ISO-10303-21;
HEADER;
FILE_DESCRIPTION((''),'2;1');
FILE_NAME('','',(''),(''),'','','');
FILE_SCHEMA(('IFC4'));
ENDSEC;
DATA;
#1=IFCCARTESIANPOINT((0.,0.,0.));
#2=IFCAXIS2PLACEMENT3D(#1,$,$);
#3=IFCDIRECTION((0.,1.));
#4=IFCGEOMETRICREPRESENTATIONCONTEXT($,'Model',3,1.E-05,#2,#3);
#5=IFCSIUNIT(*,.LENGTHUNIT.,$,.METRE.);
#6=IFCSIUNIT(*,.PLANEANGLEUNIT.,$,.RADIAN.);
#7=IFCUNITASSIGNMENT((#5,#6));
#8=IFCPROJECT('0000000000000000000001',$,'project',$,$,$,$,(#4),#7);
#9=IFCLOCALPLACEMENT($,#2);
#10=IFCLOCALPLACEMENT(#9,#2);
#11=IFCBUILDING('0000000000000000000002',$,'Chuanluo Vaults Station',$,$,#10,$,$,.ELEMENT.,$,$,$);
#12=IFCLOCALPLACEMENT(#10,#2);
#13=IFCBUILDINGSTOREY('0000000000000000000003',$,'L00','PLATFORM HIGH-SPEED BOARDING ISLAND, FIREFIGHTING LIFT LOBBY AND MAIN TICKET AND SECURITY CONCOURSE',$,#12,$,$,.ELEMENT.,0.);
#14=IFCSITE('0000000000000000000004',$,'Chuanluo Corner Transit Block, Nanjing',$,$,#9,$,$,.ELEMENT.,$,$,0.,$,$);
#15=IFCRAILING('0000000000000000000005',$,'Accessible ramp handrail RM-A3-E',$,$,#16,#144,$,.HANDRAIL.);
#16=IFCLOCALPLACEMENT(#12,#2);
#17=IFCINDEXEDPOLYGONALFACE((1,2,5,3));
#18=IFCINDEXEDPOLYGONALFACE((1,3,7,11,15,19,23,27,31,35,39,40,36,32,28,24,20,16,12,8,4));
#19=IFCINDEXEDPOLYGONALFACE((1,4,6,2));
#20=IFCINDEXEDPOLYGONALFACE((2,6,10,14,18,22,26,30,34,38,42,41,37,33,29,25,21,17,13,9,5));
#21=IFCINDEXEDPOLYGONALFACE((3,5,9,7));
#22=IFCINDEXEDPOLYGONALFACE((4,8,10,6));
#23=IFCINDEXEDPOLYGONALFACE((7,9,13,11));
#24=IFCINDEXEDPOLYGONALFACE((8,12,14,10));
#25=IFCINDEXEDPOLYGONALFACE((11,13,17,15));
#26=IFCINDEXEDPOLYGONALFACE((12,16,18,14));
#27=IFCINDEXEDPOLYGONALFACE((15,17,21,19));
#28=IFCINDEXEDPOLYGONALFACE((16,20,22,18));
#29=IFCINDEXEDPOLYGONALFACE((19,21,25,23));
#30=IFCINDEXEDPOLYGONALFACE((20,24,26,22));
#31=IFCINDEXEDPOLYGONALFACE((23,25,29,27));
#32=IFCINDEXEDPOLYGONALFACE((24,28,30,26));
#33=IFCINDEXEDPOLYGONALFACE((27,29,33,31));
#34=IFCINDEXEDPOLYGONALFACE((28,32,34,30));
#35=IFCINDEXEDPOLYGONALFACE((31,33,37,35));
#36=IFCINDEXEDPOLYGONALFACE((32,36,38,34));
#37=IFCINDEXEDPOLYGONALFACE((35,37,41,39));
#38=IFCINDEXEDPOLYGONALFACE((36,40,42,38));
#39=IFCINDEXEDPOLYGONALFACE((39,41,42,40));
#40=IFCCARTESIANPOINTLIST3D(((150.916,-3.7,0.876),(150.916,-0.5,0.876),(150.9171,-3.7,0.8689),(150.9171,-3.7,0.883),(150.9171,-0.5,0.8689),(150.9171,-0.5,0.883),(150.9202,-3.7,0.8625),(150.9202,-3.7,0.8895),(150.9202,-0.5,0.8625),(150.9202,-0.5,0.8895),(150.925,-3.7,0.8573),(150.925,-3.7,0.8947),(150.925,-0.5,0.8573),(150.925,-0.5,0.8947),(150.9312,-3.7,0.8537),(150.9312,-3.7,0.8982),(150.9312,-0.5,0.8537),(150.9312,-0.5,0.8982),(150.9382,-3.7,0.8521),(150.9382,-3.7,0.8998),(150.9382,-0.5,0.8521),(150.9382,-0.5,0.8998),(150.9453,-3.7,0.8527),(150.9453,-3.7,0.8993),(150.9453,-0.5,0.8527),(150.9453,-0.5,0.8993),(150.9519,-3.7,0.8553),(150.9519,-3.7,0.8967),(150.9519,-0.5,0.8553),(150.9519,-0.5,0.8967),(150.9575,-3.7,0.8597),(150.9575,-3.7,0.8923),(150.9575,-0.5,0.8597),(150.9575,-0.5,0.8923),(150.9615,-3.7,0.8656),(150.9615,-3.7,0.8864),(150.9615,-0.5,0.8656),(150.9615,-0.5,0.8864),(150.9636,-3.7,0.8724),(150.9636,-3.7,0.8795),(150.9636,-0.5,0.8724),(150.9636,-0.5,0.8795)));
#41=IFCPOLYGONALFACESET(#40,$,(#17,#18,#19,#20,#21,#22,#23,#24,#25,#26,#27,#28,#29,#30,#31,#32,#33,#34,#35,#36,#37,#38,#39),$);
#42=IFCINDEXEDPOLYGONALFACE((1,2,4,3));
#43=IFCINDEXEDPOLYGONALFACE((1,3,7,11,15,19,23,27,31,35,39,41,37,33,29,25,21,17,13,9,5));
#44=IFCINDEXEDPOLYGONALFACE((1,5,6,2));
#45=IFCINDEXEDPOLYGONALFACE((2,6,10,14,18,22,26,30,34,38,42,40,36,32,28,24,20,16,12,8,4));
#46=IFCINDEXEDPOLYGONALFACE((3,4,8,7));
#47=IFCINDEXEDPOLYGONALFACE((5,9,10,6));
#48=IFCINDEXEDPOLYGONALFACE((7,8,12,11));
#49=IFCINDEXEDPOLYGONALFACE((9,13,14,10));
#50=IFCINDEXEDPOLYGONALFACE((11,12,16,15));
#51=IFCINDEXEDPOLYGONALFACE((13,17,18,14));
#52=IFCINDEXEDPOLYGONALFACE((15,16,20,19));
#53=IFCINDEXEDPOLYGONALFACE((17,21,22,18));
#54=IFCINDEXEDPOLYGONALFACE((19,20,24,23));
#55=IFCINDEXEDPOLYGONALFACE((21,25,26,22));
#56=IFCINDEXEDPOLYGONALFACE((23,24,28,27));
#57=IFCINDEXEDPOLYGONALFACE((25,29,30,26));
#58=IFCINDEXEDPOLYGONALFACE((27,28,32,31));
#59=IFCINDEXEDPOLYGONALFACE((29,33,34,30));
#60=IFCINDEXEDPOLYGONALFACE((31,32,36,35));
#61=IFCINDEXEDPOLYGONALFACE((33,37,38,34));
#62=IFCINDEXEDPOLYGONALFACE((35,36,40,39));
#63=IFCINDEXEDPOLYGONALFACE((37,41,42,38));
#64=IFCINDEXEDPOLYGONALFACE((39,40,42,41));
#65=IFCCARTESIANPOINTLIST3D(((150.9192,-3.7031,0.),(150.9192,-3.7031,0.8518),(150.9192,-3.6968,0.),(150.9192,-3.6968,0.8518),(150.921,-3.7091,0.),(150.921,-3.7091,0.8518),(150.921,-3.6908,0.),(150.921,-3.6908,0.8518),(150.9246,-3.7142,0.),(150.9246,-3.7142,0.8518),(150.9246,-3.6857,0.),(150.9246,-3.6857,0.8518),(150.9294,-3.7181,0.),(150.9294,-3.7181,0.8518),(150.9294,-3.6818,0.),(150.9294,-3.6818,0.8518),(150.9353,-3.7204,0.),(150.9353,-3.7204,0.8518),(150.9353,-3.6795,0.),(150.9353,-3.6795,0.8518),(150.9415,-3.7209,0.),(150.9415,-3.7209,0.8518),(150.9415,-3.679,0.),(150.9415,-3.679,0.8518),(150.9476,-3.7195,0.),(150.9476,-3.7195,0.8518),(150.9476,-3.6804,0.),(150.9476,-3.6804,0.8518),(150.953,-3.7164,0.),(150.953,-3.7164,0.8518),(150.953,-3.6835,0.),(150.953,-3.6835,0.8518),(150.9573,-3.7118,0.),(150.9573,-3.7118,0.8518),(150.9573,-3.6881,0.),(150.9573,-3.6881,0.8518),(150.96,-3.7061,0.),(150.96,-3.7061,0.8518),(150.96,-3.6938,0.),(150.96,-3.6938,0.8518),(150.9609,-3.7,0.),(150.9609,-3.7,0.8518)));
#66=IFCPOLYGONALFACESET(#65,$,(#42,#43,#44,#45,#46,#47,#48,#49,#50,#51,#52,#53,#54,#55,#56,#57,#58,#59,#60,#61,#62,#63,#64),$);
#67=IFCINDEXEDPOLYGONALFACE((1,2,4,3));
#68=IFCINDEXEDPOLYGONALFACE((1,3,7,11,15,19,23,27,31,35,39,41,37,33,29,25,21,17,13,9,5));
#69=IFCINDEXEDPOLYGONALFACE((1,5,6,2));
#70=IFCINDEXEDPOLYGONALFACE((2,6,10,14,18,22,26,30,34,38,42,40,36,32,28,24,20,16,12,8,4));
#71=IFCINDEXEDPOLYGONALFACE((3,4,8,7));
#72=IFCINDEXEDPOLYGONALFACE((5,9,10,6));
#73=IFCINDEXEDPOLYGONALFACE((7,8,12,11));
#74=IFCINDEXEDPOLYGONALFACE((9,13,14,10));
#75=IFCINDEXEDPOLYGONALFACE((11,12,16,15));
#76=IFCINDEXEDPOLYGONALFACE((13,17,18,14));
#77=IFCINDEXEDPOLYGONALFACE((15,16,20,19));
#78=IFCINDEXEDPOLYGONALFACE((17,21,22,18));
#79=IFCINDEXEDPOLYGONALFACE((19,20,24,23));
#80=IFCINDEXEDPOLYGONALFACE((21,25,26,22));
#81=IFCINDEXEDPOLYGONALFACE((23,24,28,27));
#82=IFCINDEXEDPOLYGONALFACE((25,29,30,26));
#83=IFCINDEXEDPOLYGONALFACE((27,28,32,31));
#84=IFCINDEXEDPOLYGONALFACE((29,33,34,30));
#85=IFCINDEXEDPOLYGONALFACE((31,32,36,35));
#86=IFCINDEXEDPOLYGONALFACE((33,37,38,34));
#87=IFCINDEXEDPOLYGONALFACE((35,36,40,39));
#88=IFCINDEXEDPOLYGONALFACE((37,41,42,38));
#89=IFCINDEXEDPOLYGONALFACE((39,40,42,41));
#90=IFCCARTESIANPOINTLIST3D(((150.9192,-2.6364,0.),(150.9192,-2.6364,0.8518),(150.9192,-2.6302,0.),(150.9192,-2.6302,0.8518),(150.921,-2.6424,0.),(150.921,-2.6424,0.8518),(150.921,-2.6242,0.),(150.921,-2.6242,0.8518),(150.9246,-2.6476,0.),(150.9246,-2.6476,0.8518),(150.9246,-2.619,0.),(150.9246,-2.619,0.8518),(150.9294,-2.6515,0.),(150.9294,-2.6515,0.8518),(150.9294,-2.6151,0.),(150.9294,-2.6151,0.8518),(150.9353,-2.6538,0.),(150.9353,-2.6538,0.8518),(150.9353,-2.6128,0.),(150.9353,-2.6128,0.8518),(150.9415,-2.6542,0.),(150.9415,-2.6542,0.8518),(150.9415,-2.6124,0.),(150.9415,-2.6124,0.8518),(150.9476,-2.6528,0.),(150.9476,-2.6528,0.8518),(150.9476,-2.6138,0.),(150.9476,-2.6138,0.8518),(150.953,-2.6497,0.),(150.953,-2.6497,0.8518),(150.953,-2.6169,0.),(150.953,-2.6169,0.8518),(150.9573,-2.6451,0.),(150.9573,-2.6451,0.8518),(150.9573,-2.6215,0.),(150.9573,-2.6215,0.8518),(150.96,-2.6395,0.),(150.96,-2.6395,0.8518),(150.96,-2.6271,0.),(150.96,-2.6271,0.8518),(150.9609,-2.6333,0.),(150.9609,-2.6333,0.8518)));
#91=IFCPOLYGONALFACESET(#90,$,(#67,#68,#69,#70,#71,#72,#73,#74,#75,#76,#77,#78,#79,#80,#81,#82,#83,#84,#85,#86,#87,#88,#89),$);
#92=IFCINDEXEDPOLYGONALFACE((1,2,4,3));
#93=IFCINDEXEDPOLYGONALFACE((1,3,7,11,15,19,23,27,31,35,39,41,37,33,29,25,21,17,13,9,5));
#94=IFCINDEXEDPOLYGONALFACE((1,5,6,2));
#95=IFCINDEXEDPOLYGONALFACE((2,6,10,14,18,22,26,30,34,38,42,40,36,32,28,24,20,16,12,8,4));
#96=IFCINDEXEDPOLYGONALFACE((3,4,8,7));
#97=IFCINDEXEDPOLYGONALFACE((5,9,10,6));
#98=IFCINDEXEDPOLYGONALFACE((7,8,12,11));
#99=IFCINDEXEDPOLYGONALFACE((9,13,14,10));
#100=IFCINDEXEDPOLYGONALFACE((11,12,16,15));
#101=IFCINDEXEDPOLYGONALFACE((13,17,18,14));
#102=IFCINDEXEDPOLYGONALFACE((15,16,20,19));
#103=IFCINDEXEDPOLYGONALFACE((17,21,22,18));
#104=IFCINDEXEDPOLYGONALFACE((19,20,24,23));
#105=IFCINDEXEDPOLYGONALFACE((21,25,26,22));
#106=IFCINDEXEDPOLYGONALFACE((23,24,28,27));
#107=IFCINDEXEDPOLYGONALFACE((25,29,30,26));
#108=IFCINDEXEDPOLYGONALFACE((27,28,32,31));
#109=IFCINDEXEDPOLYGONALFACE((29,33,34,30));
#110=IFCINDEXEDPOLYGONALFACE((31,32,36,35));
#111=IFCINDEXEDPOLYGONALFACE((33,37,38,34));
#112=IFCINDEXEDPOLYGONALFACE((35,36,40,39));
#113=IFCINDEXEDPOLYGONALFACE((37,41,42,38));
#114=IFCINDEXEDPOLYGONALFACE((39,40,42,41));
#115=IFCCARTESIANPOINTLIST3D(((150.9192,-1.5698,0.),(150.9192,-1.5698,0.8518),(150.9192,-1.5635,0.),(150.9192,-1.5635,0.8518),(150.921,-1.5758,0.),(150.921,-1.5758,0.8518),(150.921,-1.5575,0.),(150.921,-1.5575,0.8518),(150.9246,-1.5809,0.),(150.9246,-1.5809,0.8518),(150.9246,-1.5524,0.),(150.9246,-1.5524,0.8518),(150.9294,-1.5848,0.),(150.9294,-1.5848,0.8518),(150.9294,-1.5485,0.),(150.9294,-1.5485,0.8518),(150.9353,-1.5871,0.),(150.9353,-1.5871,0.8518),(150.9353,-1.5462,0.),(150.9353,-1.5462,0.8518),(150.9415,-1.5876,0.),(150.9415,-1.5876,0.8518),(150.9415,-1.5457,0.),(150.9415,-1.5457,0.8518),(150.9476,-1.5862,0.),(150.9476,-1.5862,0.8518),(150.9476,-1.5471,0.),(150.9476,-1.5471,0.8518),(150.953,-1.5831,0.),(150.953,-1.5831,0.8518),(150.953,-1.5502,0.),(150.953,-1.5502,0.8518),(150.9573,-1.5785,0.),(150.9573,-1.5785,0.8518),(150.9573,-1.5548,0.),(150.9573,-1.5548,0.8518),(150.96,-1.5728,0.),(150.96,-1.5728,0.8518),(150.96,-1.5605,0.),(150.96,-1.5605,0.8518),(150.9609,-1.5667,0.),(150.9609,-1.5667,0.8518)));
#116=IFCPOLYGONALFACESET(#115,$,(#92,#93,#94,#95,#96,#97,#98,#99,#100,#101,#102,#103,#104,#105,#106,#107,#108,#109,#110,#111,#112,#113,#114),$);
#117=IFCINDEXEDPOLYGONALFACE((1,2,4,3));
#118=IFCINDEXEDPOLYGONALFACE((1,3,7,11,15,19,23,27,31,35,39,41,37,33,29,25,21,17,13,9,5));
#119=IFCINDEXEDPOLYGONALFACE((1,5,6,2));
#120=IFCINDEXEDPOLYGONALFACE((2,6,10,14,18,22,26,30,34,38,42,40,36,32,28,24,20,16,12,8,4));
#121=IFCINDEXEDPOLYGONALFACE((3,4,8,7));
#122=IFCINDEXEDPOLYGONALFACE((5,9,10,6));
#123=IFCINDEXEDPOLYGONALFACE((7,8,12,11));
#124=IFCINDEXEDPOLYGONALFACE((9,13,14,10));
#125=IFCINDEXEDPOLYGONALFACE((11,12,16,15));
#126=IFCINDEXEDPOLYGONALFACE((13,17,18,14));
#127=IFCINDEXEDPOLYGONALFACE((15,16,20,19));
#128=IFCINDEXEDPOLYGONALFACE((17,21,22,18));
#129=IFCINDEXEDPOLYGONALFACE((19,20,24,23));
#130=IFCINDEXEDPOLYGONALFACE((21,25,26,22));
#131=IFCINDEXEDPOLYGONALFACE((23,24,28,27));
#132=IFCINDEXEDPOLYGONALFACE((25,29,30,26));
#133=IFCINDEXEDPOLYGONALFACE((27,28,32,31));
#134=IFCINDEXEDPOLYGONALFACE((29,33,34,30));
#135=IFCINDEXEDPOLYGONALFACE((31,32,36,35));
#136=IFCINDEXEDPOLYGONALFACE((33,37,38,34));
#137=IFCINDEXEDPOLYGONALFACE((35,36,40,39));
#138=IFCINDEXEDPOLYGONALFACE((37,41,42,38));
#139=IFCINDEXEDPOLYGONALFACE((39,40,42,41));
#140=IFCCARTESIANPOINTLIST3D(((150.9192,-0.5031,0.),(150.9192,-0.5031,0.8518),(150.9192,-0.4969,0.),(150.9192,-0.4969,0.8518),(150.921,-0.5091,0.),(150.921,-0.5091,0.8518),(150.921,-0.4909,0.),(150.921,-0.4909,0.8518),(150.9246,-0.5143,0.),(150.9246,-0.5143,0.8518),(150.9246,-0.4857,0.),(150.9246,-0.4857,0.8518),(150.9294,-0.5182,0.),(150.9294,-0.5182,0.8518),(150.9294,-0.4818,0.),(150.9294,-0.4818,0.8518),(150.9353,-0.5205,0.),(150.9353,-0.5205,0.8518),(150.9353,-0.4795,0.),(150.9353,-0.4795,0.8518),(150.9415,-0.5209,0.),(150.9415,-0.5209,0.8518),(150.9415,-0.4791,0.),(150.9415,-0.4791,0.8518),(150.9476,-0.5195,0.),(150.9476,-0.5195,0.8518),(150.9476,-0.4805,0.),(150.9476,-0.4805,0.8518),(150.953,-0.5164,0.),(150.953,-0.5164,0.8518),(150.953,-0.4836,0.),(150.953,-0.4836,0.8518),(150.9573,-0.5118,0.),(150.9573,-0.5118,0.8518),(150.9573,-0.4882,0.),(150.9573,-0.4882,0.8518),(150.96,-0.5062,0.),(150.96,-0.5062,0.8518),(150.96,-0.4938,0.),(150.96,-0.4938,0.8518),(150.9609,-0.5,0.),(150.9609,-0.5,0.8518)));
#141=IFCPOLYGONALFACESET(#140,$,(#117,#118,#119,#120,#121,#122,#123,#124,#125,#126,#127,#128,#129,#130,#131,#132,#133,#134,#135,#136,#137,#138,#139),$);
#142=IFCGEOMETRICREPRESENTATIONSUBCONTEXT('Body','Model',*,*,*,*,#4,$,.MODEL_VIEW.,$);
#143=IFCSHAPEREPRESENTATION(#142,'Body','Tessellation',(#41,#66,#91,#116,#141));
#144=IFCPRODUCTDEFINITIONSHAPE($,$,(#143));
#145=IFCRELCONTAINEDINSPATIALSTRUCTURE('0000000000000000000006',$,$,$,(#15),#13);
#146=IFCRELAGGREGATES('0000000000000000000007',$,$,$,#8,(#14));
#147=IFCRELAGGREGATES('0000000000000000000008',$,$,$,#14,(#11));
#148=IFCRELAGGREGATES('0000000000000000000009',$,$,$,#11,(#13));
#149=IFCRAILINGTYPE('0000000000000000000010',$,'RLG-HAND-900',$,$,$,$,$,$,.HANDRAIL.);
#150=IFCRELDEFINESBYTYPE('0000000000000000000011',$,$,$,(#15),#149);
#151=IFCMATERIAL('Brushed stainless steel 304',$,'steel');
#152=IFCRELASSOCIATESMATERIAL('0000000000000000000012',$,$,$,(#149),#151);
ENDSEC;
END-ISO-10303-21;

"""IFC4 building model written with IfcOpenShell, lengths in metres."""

from ifc_helpers import new_model, si_unit, direction, frame, origin, origin_2d, place, context, subcontext, project, spatial, circle, extrude, material, type_object, element, save


model = new_model("IFC4")

# Units and contexts
model_context = context("Model", 3, precision=1e-05, world=origin(), true_north=direction((0.0, 1.0)))
body_context = subcontext(model_context, "Body", "Model", "MODEL_VIEW")
ifc_project = project(units=[si_unit("LENGTHUNIT", "METRE"), si_unit("PLANEANGLEUNIT", "RADIAN")], contexts=[model_context])

# Site, building, storey
site_placement = place(None, origin())
site = spatial("IfcSite", under=ifc_project, at=site_placement, Name="Chuanluo Corner Transit Block, Nanjing", CompositionType="ELEMENT", RefElevation=0.0)
building_placement = place(site_placement, origin())
building = spatial("IfcBuilding", under=site, at=building_placement, Name="Chuanluo Vaults Station", CompositionType="ELEMENT")
storey_placement = place(building_placement, origin())
storey = spatial("IfcBuildingStorey", under=building, at=storey_placement, Name="L00", Description="PLATFORM HIGH-SPEED BOARDING ISLAND, FIREFIGHTING LIFT LOBBY AND MAIN TICKET AND SECURITY CONCOURSE", CompositionType="ELEMENT", Elevation=0.0)

# Railing
ifc_material_1 = material(Name="Brushed stainless steel 304", Category="steel")
railing_type = type_object("IfcRailingType", Name="RLG-HAND-900", PredefinedType="HANDRAIL", material=ifc_material_1)
for number, where, name in (
    (1, (150.9399, -3.7, 0.0), "Accessible ramp handrail RM-A3-E"),
):
    element("IfcRailing", number, at=place(storey_placement, frame(where)), inside=storey, type_object=railing_type, Name=name, PredefinedType="HANDRAIL", context=body_context, shape_type="SweptSolid", body=[
        extrude(circle(Radius=0.0239, at=origin_2d()), frame((0.0, 0.0, 0.876), z_axis=(0.0, 1.0, 0.0), x_axis=(-1.0, 0.0, 0.0)), (0.0, 0.0, 1.0), 3.2),
        extrude(circle(Radius=0.021, at=origin_2d()), origin(), (0.0, 0.0, 1.0), 0.8518),
        extrude(circle(Radius=0.021, at=origin_2d()), frame((0.0, 1.0667, 0.0)), (0.0, 0.0, 1.0), 0.8518),
        extrude(circle(Radius=0.021, at=origin_2d()), frame((0.0, 2.1333, 0.0)), (0.0, 0.0, 1.0), 0.8518),
        extrude(circle(Radius=0.021, at=origin_2d()), frame((0.0, 3.2, 0.0)), (0.0, 0.0, 1.0), 0.8518),
    ])

save(model, "model.ifc")
